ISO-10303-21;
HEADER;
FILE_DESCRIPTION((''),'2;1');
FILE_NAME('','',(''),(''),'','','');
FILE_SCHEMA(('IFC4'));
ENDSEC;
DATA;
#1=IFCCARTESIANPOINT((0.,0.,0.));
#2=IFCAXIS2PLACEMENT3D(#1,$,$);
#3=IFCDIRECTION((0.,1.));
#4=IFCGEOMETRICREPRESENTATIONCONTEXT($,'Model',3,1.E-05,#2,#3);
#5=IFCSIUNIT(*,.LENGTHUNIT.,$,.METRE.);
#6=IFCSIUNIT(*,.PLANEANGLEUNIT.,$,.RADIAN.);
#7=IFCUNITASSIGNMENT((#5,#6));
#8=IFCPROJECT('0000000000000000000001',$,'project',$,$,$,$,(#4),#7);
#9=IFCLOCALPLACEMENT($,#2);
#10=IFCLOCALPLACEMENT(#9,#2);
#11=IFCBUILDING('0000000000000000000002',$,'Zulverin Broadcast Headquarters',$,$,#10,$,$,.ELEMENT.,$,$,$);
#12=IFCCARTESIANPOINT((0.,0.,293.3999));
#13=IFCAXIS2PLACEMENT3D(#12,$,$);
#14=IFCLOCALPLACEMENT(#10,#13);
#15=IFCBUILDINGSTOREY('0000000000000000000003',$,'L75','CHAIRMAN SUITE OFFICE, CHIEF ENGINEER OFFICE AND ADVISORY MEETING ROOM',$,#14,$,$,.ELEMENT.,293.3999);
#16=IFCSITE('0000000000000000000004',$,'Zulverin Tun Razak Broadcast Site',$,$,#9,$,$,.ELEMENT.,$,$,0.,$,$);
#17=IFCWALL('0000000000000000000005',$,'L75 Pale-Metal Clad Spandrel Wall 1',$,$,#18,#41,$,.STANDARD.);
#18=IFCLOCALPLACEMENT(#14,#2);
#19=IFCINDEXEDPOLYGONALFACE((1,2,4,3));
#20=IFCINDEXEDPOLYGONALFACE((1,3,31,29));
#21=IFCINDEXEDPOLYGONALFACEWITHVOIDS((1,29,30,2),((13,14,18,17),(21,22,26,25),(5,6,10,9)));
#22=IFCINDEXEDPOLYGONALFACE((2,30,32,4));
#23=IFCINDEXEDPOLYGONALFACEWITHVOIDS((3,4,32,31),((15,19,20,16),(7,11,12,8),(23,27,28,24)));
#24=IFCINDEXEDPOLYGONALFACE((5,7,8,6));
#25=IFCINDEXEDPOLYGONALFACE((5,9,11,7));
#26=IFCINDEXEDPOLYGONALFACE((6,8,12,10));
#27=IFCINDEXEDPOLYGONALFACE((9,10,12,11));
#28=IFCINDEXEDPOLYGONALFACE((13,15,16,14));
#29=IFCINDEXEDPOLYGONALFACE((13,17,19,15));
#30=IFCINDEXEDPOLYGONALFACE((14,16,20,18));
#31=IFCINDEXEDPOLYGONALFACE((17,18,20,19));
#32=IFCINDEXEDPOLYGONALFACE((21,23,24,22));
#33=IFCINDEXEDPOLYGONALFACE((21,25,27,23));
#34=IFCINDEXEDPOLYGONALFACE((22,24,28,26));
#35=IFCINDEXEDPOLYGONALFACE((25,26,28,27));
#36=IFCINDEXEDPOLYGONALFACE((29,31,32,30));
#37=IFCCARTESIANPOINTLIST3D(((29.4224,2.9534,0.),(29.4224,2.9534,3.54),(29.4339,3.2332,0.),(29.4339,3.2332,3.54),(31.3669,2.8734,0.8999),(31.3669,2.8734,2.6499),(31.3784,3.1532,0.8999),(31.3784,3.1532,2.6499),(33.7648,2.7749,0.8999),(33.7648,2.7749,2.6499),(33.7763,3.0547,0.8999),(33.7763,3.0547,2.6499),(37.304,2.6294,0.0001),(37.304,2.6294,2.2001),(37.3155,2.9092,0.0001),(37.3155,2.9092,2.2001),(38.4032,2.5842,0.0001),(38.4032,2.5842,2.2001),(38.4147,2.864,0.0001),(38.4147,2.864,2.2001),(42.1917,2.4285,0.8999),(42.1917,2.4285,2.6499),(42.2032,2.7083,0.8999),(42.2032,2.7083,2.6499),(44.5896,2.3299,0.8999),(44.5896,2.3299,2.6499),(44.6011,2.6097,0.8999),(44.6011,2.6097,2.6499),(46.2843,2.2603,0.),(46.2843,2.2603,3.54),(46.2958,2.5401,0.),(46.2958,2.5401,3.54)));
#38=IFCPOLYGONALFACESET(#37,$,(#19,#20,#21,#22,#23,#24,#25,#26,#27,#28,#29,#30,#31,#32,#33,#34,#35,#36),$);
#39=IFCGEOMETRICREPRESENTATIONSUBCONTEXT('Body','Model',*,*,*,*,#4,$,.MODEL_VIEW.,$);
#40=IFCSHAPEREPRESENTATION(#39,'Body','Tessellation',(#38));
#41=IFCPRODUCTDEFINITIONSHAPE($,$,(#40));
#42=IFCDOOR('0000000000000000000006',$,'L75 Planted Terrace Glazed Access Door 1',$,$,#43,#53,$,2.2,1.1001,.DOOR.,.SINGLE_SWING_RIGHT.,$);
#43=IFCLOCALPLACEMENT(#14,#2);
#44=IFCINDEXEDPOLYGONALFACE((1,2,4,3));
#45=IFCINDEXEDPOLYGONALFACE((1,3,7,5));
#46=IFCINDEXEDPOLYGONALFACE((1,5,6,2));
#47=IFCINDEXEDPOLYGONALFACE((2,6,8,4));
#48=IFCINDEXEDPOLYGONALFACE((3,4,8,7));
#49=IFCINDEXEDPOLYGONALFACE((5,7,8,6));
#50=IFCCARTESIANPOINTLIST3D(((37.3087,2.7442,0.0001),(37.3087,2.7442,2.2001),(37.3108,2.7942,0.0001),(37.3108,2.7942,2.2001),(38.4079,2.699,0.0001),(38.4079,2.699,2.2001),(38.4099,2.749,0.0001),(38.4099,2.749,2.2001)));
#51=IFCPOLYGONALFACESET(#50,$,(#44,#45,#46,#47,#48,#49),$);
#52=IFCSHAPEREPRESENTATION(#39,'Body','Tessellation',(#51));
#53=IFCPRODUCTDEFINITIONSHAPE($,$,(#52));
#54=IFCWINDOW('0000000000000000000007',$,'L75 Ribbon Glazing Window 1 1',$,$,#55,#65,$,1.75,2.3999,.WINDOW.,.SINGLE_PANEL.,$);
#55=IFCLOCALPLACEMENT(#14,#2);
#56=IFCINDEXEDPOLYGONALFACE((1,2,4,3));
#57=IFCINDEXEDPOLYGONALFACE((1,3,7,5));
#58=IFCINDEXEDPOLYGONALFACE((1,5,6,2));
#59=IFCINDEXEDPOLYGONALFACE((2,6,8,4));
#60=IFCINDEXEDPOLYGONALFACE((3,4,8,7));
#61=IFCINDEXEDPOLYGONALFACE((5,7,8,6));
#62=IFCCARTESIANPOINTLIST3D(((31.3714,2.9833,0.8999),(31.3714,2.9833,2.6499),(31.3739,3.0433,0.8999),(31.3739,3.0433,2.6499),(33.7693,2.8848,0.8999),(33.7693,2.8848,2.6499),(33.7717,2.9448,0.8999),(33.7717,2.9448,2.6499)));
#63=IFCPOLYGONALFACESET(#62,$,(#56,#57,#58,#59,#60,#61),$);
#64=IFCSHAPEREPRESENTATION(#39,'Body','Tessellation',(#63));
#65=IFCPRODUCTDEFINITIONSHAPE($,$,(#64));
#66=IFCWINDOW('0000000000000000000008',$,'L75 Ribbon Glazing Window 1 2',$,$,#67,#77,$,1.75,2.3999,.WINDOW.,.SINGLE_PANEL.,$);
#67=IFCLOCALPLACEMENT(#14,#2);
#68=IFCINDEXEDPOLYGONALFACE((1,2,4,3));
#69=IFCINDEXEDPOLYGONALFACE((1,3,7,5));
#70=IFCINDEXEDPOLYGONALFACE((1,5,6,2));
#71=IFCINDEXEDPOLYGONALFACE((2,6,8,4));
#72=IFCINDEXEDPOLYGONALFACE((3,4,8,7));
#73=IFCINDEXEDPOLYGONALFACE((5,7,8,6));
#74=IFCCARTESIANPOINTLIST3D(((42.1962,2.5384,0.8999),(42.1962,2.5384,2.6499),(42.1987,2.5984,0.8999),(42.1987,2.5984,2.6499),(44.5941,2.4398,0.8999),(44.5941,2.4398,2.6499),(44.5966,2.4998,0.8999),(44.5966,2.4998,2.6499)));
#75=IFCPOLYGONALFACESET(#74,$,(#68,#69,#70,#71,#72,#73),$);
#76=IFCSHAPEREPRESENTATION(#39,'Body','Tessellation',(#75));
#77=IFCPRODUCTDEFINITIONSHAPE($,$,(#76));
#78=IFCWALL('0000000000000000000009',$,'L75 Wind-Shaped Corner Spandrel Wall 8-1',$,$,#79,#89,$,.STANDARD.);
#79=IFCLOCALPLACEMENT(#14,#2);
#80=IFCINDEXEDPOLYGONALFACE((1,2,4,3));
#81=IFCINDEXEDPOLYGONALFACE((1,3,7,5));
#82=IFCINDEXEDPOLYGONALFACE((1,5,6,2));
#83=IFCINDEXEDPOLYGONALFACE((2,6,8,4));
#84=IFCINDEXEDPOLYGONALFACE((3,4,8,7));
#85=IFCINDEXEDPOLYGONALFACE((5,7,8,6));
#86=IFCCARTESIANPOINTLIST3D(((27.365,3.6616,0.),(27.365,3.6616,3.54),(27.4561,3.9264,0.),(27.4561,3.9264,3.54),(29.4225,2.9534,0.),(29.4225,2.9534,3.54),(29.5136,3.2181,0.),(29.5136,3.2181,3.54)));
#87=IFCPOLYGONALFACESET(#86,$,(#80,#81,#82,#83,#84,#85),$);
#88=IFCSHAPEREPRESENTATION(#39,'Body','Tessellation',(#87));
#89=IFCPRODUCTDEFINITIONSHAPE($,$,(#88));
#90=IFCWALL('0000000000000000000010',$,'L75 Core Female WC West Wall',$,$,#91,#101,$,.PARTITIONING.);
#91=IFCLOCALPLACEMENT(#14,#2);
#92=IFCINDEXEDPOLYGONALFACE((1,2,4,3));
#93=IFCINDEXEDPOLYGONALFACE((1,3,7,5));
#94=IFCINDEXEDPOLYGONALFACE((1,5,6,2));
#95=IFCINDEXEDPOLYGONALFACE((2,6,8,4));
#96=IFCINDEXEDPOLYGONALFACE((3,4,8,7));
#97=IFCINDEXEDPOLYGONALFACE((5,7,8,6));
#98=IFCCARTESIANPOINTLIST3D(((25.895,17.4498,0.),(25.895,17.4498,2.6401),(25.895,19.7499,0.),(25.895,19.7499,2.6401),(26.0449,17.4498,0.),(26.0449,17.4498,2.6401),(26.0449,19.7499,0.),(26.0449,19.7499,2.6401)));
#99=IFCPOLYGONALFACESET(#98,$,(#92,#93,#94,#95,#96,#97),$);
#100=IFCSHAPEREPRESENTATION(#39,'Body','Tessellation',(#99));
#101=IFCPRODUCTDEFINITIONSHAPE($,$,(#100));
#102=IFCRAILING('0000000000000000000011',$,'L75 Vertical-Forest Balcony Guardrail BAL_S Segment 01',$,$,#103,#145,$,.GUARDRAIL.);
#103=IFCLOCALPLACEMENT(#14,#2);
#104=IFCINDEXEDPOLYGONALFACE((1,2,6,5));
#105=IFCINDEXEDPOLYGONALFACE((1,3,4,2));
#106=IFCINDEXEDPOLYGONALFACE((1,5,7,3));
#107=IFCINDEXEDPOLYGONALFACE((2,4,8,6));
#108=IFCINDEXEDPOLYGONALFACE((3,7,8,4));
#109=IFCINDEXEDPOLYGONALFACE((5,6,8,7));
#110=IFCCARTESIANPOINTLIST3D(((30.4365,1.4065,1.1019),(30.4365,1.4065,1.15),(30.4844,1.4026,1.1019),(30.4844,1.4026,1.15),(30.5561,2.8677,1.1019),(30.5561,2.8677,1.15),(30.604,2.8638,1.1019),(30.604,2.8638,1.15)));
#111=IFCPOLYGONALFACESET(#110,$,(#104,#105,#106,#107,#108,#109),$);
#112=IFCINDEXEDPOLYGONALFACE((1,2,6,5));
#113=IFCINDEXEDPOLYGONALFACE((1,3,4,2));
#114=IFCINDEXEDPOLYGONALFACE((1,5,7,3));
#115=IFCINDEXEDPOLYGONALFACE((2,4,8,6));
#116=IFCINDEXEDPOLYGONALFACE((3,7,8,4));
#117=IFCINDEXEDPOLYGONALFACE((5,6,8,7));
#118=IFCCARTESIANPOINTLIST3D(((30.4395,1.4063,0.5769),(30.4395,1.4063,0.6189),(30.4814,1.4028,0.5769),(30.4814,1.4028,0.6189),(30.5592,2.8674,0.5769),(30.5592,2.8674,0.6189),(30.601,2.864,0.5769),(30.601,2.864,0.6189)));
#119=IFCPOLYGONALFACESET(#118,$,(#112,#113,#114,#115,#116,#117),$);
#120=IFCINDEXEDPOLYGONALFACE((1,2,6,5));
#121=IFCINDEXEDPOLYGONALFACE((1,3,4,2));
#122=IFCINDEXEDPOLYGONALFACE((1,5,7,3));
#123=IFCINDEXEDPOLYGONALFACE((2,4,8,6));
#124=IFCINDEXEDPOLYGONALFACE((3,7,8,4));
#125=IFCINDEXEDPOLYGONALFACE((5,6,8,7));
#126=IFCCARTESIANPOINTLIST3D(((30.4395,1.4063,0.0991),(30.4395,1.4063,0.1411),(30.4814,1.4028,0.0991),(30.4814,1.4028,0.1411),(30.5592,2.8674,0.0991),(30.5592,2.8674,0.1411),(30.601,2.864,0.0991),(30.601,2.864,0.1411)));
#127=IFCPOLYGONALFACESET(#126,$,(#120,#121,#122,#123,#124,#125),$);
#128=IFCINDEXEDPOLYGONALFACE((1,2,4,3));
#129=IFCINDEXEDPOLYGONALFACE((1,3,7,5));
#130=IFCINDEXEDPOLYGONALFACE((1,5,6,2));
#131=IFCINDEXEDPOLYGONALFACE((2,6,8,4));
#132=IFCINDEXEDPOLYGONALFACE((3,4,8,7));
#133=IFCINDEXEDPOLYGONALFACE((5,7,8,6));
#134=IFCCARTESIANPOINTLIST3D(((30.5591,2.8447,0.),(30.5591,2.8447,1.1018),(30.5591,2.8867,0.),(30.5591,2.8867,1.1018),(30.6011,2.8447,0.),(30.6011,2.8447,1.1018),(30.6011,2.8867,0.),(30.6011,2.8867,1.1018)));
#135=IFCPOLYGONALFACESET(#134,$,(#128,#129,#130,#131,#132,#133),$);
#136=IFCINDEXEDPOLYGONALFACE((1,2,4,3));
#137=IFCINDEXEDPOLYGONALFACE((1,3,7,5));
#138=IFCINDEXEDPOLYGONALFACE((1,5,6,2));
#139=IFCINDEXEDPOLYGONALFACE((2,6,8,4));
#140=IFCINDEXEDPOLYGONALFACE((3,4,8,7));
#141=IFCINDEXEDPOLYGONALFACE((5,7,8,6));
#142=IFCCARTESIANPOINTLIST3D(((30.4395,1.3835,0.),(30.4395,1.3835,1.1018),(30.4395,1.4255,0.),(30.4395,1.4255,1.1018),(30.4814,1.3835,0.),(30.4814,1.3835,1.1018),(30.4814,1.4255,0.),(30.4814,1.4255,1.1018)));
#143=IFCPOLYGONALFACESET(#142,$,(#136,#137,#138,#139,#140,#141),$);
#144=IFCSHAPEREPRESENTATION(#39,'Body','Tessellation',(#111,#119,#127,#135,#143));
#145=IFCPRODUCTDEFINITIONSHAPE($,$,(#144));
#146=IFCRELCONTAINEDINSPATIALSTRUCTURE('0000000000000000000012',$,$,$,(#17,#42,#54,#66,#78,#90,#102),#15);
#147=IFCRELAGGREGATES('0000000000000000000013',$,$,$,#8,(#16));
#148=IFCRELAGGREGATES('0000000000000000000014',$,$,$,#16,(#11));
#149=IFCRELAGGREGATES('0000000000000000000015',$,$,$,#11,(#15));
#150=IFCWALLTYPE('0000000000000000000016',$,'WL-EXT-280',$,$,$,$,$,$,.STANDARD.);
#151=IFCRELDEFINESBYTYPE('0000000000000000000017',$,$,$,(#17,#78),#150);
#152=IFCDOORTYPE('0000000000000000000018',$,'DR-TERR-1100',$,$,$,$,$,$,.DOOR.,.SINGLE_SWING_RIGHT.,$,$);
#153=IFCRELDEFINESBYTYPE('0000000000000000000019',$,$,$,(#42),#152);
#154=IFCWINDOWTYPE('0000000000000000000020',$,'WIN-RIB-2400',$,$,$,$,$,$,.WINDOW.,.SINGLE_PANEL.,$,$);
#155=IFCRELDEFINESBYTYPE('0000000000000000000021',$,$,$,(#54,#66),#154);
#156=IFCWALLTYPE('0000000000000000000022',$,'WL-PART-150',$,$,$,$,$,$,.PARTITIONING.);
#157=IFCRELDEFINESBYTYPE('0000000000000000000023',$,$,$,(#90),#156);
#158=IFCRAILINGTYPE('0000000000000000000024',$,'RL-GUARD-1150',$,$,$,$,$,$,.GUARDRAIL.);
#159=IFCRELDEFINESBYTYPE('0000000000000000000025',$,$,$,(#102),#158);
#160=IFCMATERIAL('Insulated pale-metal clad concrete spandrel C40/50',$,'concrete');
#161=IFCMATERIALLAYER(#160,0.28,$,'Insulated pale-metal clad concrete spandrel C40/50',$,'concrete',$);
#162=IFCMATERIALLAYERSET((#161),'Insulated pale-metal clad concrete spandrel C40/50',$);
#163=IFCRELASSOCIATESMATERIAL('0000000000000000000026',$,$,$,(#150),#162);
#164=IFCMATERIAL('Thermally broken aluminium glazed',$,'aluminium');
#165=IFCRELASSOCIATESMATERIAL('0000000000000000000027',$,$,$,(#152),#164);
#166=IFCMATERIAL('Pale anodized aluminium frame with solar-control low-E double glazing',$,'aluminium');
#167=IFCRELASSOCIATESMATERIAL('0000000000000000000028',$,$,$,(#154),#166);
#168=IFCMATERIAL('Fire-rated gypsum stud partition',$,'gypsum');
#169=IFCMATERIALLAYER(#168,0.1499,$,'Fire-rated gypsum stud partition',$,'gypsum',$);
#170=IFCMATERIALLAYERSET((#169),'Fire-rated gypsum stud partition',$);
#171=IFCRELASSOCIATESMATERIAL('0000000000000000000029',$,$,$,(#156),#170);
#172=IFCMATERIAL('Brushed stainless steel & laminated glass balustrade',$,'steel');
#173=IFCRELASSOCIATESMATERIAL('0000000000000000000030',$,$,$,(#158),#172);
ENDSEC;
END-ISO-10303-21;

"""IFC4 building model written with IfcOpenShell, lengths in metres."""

from ifc_helpers import new_model, si_unit, direction, frame, frame_2d, origin, origin_2d, place, context, subcontext, project, spatial, rectangle, extrude, material, layer, layer_set, type_object, element, fill, save


model = new_model("IFC4")

# Units and contexts
model_context = context("Model", 3, precision=1e-05, world=origin(), true_north=direction((0.0, 1.0)))
body_context = subcontext(model_context, "Body", "Model", "MODEL_VIEW")
ifc_project = project(units=[si_unit("LENGTHUNIT", "METRE"), si_unit("PLANEANGLEUNIT", "RADIAN")], contexts=[model_context])

# Site, building, storey
site_placement = place(None, origin())
site = spatial("IfcSite", under=ifc_project, at=site_placement, Name="Zulverin Tun Razak Broadcast Site", CompositionType="ELEMENT", RefElevation=0.0)
building_placement = place(site_placement, origin())
building = spatial("IfcBuilding", under=site, at=building_placement, Name="Zulverin Broadcast Headquarters", CompositionType="ELEMENT")
storey_placement = place(building_placement, frame((0.0, 0.0, 293.3999)))
storey = spatial("IfcBuildingStorey", under=building, at=storey_placement, Name="L75", Description="CHAIRMAN SUITE OFFICE, CHIEF ENGINEER OFFICE AND ADVISORY MEETING ROOM", CompositionType="ELEMENT", Elevation=293.3999)

# Wall, openings, door, windows
ifc_material_1 = material(Name="Insulated pale-metal clad concrete spandrel C40/50", Category="concrete")
ifc_layer_1 = layer(ifc_material_1, 0.28, Name="Insulated pale-metal clad concrete spandrel C40/50", Category="concrete")
ifc_layer_set_1 = layer_set([ifc_layer_1], Name="Insulated pale-metal clad concrete spandrel C40/50")
wall_type_1 = type_object("IfcWallType", Name="WL-EXT-280", PredefinedType="STANDARD", material=ifc_layer_set_1)
wall_1_placement = place(storey_placement, frame((29.4282, 3.0933, 0.0), z_axis=(0.0, 0.0, 1.0), x_axis=(0.999156, -0.04107, 0.0)))
wall_1 = element("IfcWall", 1, at=wall_1_placement, inside=storey, type_object=wall_type_1, Name="L75 Pale-Metal Clad Spandrel Wall 1", PredefinedType="STANDARD", context=body_context, shape_type="SweptSolid", body=[
    extrude(rectangle(XDim=16.8762, YDim=0.28, at=frame_2d((8.438, 0.0))), origin(), (0.0, 0.0, 1.0), 3.54),
])
opening_1_placement = place(wall_1_placement, frame((7.8882, 0.0, 0.0)))
opening_1 = element("IfcOpeningElement", 2, at=opening_1_placement, cuts=wall_1, PredefinedType="OPENING", context=body_context, shape_type="SweptSolid", body=[
    extrude(rectangle(XDim=1.1001, YDim=2.2, at=frame_2d((0.55, 1.1001))), frame((0.0, 0.1499, 0.0), z_axis=(0.0, -1.0, 0.0), x_axis=(1.0, 0.0, 0.0)), (0.0, 0.0, 1.0), 0.3),
])
opening_2_placement = place(wall_1_placement, frame((1.946, 0.0, 0.8999)))
opening_2 = element("IfcOpeningElement", 3, at=opening_2_placement, cuts=wall_1, PredefinedType="OPENING", context=body_context, shape_type="SweptSolid", body=[
    extrude(rectangle(XDim=2.3999, YDim=1.75, at=frame_2d((1.2, 0.875))), frame((0.0, 0.1499, 0.0), z_axis=(0.0, -1.0, 0.0), x_axis=(1.0, 0.0, 0.0)), (0.0, 0.0, 1.0), 0.3),
])
opening_3_placement = place(wall_1_placement, frame((12.78, 0.0, 0.8999)))
opening_3 = element("IfcOpeningElement", 4, at=opening_3_placement, cuts=wall_1, PredefinedType="OPENING", context=body_context, shape_type="SweptSolid", body=[
    extrude(rectangle(XDim=2.3999, YDim=1.75, at=frame_2d((1.2, 0.875))), frame((0.0, 0.1499, 0.0), z_axis=(0.0, -1.0, 0.0), x_axis=(1.0, 0.0, 0.0)), (0.0, 0.0, 1.0), 0.3),
])
ifc_material_2 = material(Name="Thermally broken aluminium glazed", Category="aluminium")
door_type = type_object("IfcDoorType", Name="DR-TERR-1100", OperationType="SINGLE_SWING_RIGHT", PredefinedType="DOOR", material=ifc_material_2)
door_placement = place(opening_1_placement, origin())
door = element("IfcDoor", 5, at=door_placement, inside=storey, type_object=door_type, Name="L75 Planted Terrace Glazed Access Door 1", OperationType="SINGLE_SWING_RIGHT", OverallHeight=2.2, OverallWidth=1.1001, PredefinedType="DOOR", context=body_context, shape_type="SweptSolid", body=[
    extrude(rectangle(XDim=1.1001, YDim=2.2, at=frame_2d((0.55, 1.1001))), frame((0.0, 0.0249, 0.0), z_axis=(0.0, -1.0, 0.0), x_axis=(1.0, 0.0, 0.0)), (0.0, 0.0, 1.0), 0.05),
])
fill(opening_1, door)
ifc_material_3 = material(Name="Pale anodized aluminium frame with solar-control low-E double glazing", Category="aluminium")
window_type = type_object("IfcWindowType", Name="WIN-RIB-2400", PartitioningType="SINGLE_PANEL", PredefinedType="WINDOW", material=ifc_material_3)
window_1_placement = place(opening_2_placement, origin())
window_1 = element("IfcWindow", 6, at=window_1_placement, inside=storey, type_object=window_type, Name="L75 Ribbon Glazing Window 1 1", OverallHeight=1.75, OverallWidth=2.3999, PartitioningType="SINGLE_PANEL", PredefinedType="WINDOW", context=body_context, shape_type="SweptSolid", body=[
    extrude(rectangle(XDim=2.3999, YDim=1.75, at=frame_2d((1.2, 0.875))), frame((0.0, 0.03, 0.0), z_axis=(0.0, -1.0, 0.0), x_axis=(1.0, 0.0, 0.0)), (0.0, 0.0, 1.0), 0.0601),
])
fill(opening_2, window_1)
window_2_placement = place(opening_3_placement, origin())
window_2 = element("IfcWindow", 7, at=window_2_placement, inside=storey, type_object=window_type, Name="L75 Ribbon Glazing Window 1 2", OverallHeight=1.75, OverallWidth=2.3999, PartitioningType="SINGLE_PANEL", PredefinedType="WINDOW", context=body_context, shape_type="SweptSolid", body=[
    extrude(rectangle(XDim=2.3999, YDim=1.75, at=frame_2d((1.2, 0.875))), frame((0.0, 0.03, 0.0), z_axis=(0.0, -1.0, 0.0), x_axis=(1.0, 0.0, 0.0)), (0.0, 0.0, 1.0), 0.0601),
])
fill(opening_3, window_2)

# Walls
wall_2_placement = place(storey_placement, frame((27.4106, 3.7939, 0.0), z_axis=(0.0, 0.0, 1.0), x_axis=(0.945553, -0.325469, 0.0)))
element("IfcWall", 8, at=wall_2_placement, inside=storey, type_object=wall_type_1, Name="L75 Wind-Shaped Corner Spandrel Wall 8-1", PredefinedType="STANDARD", context=body_context, shape_type="SweptSolid", body=[
    extrude(rectangle(XDim=2.176, YDim=0.28, at=frame_2d((1.0879, 0.0))), origin(), (0.0, 0.0, 1.0), 3.54),
])
ifc_material_4 = material(Name="Fire-rated gypsum stud partition", Category="gypsum")
ifc_layer_2 = layer(ifc_material_4, 0.1499, Name="Fire-rated gypsum stud partition", Category="gypsum")
ifc_layer_set_2 = layer_set([ifc_layer_2], Name="Fire-rated gypsum stud partition")
wall_type_2 = type_object("IfcWallType", Name="WL-PART-150", PredefinedType="PARTITIONING", material=ifc_layer_set_2)
wall_3_placement = place(storey_placement, frame((25.97, 17.45, 0.0), z_axis=(0.0, 0.0, 1.0), x_axis=(0.0, 1.0, 0.0)))
element("IfcWall", 9, at=wall_3_placement, inside=storey, type_object=wall_type_2, Name="L75 Core Female WC West Wall", PredefinedType="PARTITIONING", context=body_context, shape_type="SweptSolid", body=[
    extrude(rectangle(XDim=2.3, YDim=0.1499, at=frame_2d((1.1499, 0.0))), origin(), (0.0, 0.0, 1.0), 2.6401),
])

# Railing
ifc_material_5 = material(Name="Brushed stainless steel & laminated glass balustrade", Category="steel")
railing_type = type_object("IfcRailingType", Name="RL-GUARD-1150", PredefinedType="GUARDRAIL", material=ifc_material_5)
railing_1_placement = place(storey_placement, frame((30.5801, 2.8657, 0.0)))
element("IfcRailing", 10, at=railing_1_placement, inside=storey, type_object=railing_type, Name="L75 Vertical-Forest Balcony Guardrail BAL_S Segment 01", PredefinedType="GUARDRAIL", context=body_context, shape_type="SweptSolid", body=[
    extrude(rectangle(XDim=0.0481, YDim=0.0481, at=origin_2d()), frame((0.0, 0.0, 1.126), z_axis=(-0.081598, -0.996665, 0.0), x_axis=(0.996665, -0.081598, 0.0)), (0.0, 0.0, 1.0), 1.4661),
    extrude(rectangle(XDim=0.042, YDim=0.042, at=origin_2d()), frame((0.0, 0.0, 0.5979), z_axis=(-0.081598, -0.996665, 0.0), x_axis=(0.996665, -0.081598, 0.0)), (0.0, 0.0, 1.0), 1.4661),
    extrude(rectangle(XDim=0.042, YDim=0.042, at=origin_2d()), frame((0.0, 0.0, 0.1201), z_axis=(-0.081598, -0.996665, 0.0), x_axis=(0.996665, -0.081598, 0.0)), (0.0, 0.0, 1.0), 1.4661),
    extrude(rectangle(XDim=0.042, YDim=0.042, at=origin_2d()), origin(), (0.0, 0.0, 1.0), 1.1018),
    extrude(rectangle(XDim=0.042, YDim=0.042, at=origin_2d()), frame((-0.1196, -1.4612, 0.0)), (0.0, 0.0, 1.0), 1.1018),
])

save(model, "model.ifc")
